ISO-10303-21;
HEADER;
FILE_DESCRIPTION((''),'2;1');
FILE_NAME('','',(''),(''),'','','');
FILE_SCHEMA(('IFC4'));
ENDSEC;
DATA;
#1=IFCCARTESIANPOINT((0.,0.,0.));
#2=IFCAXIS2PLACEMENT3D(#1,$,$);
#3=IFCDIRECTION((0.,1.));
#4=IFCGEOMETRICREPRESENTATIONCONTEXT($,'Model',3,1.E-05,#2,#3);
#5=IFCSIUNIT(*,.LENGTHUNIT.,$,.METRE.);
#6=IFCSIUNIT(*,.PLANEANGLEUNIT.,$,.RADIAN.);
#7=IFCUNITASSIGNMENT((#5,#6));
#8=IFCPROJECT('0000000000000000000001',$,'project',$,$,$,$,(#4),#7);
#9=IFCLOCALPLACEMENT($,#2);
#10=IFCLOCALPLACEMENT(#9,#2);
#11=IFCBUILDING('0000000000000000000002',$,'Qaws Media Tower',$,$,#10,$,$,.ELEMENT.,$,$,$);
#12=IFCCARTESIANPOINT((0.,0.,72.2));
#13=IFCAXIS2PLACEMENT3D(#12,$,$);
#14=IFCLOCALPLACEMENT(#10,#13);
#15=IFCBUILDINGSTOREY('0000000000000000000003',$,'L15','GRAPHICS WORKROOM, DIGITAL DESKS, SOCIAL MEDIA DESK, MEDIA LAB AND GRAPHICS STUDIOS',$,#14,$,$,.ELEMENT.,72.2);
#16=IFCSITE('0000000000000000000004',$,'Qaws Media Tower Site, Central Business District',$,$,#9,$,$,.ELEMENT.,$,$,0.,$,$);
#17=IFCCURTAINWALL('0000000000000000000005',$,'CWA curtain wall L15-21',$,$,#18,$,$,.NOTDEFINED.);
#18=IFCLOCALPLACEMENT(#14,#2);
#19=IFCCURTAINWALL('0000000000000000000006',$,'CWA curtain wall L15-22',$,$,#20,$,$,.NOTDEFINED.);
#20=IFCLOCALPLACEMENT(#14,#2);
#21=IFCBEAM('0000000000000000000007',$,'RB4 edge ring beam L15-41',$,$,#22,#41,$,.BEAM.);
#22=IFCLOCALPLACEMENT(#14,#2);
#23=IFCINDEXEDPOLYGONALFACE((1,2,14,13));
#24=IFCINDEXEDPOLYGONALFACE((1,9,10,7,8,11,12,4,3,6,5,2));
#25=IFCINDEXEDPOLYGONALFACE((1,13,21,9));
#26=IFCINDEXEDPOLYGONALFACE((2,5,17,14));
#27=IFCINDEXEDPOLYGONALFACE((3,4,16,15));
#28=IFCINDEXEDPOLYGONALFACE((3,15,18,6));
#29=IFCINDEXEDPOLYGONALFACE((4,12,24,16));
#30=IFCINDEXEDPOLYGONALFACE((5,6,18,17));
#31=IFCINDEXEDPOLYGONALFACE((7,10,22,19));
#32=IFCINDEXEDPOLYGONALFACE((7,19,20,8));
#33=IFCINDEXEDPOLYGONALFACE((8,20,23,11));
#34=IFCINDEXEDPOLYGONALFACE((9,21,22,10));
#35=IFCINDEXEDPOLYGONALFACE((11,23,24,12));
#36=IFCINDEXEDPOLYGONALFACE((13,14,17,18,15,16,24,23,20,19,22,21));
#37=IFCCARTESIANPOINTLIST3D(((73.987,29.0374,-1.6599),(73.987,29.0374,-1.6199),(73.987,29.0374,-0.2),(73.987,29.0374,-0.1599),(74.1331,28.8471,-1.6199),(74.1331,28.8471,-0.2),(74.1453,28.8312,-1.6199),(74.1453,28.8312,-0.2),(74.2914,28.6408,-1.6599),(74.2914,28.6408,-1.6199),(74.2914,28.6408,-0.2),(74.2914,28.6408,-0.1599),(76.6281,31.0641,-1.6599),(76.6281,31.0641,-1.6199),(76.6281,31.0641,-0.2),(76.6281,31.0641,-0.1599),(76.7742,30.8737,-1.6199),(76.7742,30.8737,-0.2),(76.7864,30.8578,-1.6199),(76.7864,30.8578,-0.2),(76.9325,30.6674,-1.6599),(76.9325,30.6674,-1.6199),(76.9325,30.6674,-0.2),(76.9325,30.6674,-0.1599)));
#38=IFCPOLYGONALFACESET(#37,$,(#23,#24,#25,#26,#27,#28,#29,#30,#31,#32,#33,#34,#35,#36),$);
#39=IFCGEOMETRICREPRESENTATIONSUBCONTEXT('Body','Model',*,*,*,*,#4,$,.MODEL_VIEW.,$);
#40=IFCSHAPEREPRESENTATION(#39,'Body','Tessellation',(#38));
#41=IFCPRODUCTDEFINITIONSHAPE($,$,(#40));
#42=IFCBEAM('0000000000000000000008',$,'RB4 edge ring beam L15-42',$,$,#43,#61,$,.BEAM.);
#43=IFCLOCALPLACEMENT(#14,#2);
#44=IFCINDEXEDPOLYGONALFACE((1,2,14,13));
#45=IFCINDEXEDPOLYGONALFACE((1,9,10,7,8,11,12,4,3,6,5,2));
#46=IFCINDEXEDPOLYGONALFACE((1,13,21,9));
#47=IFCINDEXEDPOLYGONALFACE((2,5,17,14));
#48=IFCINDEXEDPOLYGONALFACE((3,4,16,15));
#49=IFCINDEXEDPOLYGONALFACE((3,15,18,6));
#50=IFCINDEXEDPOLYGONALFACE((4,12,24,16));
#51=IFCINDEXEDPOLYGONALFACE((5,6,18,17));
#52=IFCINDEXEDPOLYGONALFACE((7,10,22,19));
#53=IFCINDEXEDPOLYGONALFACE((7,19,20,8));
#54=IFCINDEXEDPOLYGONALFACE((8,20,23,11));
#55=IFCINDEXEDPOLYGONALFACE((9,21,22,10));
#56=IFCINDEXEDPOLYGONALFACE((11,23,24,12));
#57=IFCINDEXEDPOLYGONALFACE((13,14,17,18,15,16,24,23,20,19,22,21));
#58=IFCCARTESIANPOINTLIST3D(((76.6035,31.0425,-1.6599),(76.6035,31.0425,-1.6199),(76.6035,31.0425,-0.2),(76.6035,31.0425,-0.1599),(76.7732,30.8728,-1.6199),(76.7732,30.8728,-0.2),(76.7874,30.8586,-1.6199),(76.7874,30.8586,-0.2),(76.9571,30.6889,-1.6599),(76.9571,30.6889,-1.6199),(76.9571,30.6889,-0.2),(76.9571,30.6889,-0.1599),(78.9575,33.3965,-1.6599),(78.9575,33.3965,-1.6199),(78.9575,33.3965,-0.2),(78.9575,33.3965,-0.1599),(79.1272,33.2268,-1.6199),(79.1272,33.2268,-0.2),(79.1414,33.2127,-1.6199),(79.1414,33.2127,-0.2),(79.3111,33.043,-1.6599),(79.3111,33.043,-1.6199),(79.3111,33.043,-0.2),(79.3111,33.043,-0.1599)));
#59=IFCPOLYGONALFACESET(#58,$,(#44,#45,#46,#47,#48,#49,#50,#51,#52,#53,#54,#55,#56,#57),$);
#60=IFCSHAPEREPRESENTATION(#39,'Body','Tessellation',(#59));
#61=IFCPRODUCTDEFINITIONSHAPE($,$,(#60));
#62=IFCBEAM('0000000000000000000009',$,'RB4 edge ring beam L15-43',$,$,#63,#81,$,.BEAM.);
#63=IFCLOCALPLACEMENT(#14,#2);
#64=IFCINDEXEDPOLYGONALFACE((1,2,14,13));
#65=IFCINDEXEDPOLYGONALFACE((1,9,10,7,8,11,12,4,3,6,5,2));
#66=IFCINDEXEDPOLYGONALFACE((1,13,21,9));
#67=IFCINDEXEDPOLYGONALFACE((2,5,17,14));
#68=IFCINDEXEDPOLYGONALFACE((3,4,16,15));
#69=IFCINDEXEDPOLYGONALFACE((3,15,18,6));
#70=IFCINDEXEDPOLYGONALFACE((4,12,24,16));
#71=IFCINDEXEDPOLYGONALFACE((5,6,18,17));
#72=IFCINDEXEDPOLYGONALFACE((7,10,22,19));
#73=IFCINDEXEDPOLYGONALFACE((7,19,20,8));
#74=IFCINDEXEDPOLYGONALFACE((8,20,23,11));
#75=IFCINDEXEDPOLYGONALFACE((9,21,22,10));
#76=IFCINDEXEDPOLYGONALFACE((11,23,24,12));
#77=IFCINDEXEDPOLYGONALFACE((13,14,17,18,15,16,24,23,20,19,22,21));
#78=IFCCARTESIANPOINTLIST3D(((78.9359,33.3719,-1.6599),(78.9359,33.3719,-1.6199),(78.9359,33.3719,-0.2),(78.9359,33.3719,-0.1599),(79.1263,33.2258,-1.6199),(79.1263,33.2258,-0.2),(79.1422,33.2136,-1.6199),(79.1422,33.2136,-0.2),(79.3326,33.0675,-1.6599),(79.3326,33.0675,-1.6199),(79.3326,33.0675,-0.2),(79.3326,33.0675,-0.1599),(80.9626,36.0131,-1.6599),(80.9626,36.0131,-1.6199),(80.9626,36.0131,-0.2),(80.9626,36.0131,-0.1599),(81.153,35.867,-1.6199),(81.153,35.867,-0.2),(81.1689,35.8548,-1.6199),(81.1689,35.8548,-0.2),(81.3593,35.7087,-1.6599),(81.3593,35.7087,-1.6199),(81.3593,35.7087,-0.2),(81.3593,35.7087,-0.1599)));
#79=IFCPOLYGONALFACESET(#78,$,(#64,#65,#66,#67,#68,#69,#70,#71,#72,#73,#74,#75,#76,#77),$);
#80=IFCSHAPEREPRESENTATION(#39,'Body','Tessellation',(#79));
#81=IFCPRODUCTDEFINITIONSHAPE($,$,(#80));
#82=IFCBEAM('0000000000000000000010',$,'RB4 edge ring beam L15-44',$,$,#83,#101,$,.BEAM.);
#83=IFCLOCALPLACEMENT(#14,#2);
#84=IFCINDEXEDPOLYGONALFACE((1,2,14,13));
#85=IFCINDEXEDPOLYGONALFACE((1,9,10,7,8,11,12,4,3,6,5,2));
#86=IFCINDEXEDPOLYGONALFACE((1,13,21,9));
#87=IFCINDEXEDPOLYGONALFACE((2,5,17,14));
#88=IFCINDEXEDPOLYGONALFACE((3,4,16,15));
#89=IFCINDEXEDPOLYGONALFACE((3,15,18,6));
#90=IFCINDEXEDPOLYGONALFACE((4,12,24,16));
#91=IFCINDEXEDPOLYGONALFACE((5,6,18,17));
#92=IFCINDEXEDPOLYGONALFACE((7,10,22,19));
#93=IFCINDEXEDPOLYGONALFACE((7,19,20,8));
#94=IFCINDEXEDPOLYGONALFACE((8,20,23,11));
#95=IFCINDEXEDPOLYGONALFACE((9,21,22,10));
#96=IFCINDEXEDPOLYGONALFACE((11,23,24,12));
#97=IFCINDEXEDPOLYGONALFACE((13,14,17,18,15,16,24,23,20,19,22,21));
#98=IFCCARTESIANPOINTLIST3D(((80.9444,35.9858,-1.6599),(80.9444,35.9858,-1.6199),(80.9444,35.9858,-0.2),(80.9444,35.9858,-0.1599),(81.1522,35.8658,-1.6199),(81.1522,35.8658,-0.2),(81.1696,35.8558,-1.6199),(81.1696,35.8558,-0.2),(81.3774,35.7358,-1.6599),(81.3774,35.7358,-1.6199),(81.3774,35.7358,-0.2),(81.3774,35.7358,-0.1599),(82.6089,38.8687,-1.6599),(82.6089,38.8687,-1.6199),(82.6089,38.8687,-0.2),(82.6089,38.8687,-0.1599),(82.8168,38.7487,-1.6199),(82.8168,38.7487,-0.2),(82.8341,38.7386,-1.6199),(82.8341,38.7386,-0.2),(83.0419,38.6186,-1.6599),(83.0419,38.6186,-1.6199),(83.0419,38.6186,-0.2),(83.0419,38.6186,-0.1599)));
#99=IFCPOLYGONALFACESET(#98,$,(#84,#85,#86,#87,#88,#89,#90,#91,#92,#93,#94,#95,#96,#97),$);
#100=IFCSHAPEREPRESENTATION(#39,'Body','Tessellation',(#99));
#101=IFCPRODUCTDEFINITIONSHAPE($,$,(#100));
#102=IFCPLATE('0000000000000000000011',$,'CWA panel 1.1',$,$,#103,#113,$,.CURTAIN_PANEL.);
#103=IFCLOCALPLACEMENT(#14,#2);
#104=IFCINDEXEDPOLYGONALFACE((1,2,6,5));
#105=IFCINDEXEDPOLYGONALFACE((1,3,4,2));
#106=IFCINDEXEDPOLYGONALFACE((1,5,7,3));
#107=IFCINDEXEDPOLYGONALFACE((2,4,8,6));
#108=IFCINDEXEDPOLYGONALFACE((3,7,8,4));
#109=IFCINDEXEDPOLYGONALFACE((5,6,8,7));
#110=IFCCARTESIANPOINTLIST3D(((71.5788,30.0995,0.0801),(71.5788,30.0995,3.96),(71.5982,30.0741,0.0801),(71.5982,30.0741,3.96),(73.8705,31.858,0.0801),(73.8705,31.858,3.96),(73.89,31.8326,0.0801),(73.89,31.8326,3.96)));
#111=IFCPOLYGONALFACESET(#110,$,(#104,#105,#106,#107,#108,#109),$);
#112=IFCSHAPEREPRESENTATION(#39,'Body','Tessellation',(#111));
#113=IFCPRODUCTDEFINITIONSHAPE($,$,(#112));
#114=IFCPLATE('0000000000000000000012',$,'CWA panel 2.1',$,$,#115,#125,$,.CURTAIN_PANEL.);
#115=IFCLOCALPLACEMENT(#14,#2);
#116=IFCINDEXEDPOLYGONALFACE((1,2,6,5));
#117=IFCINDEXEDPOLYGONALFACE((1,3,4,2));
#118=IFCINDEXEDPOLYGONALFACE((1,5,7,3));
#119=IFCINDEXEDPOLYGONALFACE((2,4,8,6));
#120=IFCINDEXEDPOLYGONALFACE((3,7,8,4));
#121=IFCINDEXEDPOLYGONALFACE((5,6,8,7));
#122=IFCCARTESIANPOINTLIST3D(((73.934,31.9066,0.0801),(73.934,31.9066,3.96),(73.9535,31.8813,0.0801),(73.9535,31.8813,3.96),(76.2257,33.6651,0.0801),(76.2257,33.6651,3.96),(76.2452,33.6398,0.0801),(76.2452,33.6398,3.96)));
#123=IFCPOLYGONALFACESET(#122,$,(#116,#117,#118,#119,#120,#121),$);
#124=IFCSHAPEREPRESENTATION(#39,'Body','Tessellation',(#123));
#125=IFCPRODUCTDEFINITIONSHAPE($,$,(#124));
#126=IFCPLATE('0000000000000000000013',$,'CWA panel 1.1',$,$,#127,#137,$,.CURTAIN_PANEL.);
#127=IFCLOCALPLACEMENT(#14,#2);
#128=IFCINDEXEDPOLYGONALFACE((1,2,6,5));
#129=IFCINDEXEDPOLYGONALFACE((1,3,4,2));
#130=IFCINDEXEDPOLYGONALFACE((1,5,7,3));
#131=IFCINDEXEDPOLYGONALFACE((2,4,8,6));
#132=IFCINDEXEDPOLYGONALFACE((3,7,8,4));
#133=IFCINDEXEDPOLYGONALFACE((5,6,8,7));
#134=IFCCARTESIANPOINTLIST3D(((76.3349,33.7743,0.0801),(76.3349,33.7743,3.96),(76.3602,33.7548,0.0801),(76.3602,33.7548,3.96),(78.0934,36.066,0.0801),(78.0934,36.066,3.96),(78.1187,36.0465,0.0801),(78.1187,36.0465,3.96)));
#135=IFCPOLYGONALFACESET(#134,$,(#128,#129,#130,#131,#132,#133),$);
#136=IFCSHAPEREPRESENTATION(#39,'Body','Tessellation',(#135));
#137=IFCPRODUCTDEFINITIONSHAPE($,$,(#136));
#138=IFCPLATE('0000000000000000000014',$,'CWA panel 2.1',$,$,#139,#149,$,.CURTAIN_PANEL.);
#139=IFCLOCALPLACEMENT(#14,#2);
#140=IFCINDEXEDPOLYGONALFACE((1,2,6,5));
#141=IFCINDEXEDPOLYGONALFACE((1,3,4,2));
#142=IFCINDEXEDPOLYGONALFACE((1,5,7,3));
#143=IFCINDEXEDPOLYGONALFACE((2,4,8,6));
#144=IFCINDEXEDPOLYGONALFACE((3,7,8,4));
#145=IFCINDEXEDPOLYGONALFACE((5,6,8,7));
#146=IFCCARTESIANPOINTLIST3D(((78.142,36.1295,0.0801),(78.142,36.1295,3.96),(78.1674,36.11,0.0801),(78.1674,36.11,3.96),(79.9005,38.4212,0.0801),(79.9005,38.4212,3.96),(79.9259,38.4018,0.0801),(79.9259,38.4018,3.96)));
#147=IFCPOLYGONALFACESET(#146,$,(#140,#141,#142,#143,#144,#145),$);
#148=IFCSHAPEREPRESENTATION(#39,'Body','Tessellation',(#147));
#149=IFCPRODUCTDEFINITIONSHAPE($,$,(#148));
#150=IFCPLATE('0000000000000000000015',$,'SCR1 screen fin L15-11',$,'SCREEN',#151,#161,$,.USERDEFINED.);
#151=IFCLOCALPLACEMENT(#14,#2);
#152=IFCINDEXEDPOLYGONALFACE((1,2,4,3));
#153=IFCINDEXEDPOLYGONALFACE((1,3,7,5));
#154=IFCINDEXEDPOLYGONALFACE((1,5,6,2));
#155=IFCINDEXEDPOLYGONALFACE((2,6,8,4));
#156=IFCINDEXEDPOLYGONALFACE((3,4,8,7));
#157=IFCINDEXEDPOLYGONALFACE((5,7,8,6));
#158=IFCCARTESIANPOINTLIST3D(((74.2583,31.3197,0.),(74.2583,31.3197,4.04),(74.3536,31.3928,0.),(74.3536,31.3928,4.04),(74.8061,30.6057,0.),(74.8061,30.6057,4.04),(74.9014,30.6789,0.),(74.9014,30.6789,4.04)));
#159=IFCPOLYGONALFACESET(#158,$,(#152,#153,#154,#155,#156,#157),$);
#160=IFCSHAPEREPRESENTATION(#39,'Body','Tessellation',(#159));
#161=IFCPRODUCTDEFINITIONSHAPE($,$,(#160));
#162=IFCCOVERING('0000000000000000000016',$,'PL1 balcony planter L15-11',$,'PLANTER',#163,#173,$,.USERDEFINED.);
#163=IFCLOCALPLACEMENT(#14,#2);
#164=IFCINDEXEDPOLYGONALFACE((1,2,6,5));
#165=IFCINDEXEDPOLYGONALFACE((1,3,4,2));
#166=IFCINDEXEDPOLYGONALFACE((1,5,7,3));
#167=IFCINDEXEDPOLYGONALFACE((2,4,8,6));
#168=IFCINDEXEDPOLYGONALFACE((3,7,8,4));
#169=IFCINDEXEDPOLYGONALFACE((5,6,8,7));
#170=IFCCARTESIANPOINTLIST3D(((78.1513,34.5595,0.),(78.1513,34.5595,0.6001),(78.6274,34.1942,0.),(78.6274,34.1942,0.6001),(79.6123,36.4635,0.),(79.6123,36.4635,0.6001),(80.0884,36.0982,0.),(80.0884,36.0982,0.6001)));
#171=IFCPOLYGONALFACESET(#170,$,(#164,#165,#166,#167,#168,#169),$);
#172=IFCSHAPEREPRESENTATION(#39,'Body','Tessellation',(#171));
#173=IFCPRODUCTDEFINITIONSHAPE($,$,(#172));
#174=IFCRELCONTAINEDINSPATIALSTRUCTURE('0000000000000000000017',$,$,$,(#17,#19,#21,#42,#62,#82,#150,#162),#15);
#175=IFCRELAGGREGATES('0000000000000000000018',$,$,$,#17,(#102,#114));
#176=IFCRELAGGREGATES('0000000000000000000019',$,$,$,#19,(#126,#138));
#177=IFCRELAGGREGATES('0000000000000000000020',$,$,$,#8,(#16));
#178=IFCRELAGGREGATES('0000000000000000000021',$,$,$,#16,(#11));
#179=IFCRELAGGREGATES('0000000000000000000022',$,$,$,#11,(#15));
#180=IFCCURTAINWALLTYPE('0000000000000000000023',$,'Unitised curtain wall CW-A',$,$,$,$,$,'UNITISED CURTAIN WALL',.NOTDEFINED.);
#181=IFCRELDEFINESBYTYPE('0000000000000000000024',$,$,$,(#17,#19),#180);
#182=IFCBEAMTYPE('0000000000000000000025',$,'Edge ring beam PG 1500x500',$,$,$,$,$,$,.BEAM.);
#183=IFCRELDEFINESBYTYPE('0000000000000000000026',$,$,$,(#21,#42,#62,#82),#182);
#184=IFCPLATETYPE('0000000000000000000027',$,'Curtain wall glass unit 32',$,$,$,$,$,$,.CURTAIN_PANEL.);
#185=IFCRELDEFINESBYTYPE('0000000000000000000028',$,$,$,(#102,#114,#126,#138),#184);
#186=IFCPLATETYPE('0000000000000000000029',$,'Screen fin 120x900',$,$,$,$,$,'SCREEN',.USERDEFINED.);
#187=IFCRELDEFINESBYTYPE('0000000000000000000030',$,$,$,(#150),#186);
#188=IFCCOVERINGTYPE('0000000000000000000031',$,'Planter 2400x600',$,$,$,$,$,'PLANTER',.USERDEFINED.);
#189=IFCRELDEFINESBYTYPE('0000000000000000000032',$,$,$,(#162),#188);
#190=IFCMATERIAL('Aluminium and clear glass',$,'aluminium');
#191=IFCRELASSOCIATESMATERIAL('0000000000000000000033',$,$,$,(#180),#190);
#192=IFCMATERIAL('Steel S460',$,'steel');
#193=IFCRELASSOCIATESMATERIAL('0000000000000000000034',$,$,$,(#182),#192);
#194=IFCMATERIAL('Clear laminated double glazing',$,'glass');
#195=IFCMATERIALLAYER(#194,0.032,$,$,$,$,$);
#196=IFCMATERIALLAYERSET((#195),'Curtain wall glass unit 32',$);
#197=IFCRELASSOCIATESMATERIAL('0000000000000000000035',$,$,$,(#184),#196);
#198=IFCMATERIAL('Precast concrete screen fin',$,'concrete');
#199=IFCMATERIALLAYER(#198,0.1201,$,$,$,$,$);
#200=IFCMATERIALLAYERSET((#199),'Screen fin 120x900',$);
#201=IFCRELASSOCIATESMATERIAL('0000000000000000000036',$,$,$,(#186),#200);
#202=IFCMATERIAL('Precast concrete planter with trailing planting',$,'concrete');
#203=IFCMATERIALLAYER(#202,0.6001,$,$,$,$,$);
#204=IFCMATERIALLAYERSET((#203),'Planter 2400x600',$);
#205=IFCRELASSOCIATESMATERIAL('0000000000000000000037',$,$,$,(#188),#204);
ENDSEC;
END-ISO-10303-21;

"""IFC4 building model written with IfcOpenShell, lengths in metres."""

from ifc_helpers import new_model, si_unit, direction, frame, origin, origin_2d, place, context, subcontext, project, spatial, rectangle, i_section, extrude, material, layer, layer_set, material_profile, profile_set, type_object, element, aggregate, save


model = new_model("IFC4")

# Units and contexts
model_context = context("Model", 3, precision=1e-05, world=origin(), true_north=direction((0.0, 1.0)))
body_context = subcontext(model_context, "Body", "Model", "MODEL_VIEW")
ifc_project = project(units=[si_unit("LENGTHUNIT", "METRE"), si_unit("PLANEANGLEUNIT", "RADIAN")], contexts=[model_context])

# Site, building, storey
site_placement = place(None, origin())
site = spatial("IfcSite", under=ifc_project, at=site_placement, Name="Qaws Media Tower Site, Central Business District", CompositionType="ELEMENT", RefElevation=0.0)
building_placement = place(site_placement, origin())
building = spatial("IfcBuilding", under=site, at=building_placement, Name="Qaws Media Tower", CompositionType="ELEMENT")
storey_placement = place(building_placement, frame((0.0, 0.0, 72.2)))
storey = spatial("IfcBuildingStorey", under=building, at=storey_placement, Name="L15", Description="GRAPHICS WORKROOM, DIGITAL DESKS, SOCIAL MEDIA DESK, MEDIA LAB AND GRAPHICS STUDIOS", CompositionType="ELEMENT", Elevation=72.2)

# Curtain walls
ifc_material_1 = material(Name="Aluminium and clear glass", Category="aluminium")
curtain_wall_type = type_object("IfcCurtainWallType", Name="Unitised curtain wall CW-A", ElementType="UNITISED CURTAIN WALL", PredefinedType="NOTDEFINED", material=ifc_material_1)
curtain_wall_1_placement = place(storey_placement, origin())
curtain_wall_1 = element("IfcCurtainWall", 1, at=curtain_wall_1_placement, inside=storey, type_object=curtain_wall_type, Name="CWA curtain wall L15-21", PredefinedType="NOTDEFINED")
curtain_wall_2_placement = place(storey_placement, origin())
curtain_wall_2 = element("IfcCurtainWall", 2, at=curtain_wall_2_placement, inside=storey, type_object=curtain_wall_type, Name="CWA curtain wall L15-22", PredefinedType="NOTDEFINED")

# Beams
ifc_material_2 = material(Name="Steel S460", Category="steel")
ifc_material_profile_1 = material_profile(ifc_material_2, i_section(OverallWidth=0.5, OverallDepth=1.5, WebThickness=0.02, FlangeThickness=0.04, at=origin_2d()), Name="PG 1500x500")
ifc_profile_set_1 = profile_set([ifc_material_profile_1], Name="Steel S460")
beam_type = type_object("IfcBeamType", Name="Edge ring beam PG 1500x500", PredefinedType="BEAM", material=ifc_profile_set_1)
for number, where, z_axis, x_axis, name in (
    (3, (74.1392, 28.8391, -0.9099), (0.793351, 0.608764, 0.0), (-0.608764, 0.793351, 0.0), "RB4 edge ring beam L15-41"),
    (4, (76.7803, 30.8657, -0.9099), (0.707107, 0.707107, 0.0), (-0.707107, 0.707107, 0.0), "RB4 edge ring beam L15-42"),
    (5, (79.1343, 33.2197, -0.9099), (0.608764, 0.793351, 0.0), (-0.793351, 0.608764, 0.0), "RB4 edge ring beam L15-43"),
):
    element("IfcBeam", number, at=place(storey_placement, frame(where, z_axis=z_axis, x_axis=x_axis)), inside=storey, type_object=beam_type, Name=name, PredefinedType="BEAM", context=body_context, shape_type="SweptSolid", body=[
        extrude(i_section(OverallWidth=0.5, OverallDepth=1.5, WebThickness=0.02, FlangeThickness=0.04, at=origin_2d()), origin(), (0.0, 0.0, 1.0), 3.3291),
    ])
beam_placement = place(storey_placement, frame((81.1609, 35.8608, -0.9099), z_axis=(0.500036, 0.866005, 0.0), x_axis=(-0.866005, 0.500036, 0.0)))
element("IfcBeam", 6, at=beam_placement, inside=storey, type_object=beam_type, Name="RB4 edge ring beam L15-44", PredefinedType="BEAM", context=body_context, shape_type="SweptSolid", body=[
    extrude(i_section(OverallWidth=0.5, OverallDepth=1.5, WebThickness=0.02, FlangeThickness=0.04, at=origin_2d()), origin(), (0.0, 0.0, 1.0), 3.3289),
])

# Plates
ifc_material_3 = material(Name="Clear laminated double glazing", Category="glass")
ifc_layer_1 = layer(ifc_material_3, 0.032)
ifc_layer_set_1 = layer_set([ifc_layer_1], Name="Curtain wall glass unit 32")
plate_type_1 = type_object("IfcPlateType", Name="Curtain wall glass unit 32", PredefinedType="CURTAIN_PANEL", material=ifc_layer_set_1)
plate_1_placement = place(storey_placement, frame((72.7344, 30.9661, 0.0801), z_axis=(0.0, 0.0, 1.0), x_axis=(0.793353, 0.608762, 0.0)))
plate_1 = element("IfcPlate", 7, at=plate_1_placement, type_object=plate_type_1, Name="CWA panel 1.1", PredefinedType="CURTAIN_PANEL", context=body_context, shape_type="SweptSolid", body=[
    extrude(rectangle(XDim=2.8887, YDim=0.032, at=origin_2d()), origin(), (0.0, 0.0, 1.0), 3.8799),
])
plate_2_placement = place(storey_placement, frame((75.0896, 32.7732, 0.0801), z_axis=(0.0, 0.0, 1.0), x_axis=(0.793353, 0.608762, 0.0)))
plate_2 = element("IfcPlate", 8, at=plate_2_placement, type_object=plate_type_1, Name="CWA panel 2.1", PredefinedType="CURTAIN_PANEL", context=body_context, shape_type="SweptSolid", body=[
    extrude(rectangle(XDim=2.8887, YDim=0.032, at=origin_2d()), origin(), (0.0, 0.0, 1.0), 3.8799),
])
aggregate(curtain_wall_1, [plate_1, plate_2])
plate_3_placement = place(storey_placement, frame((77.2268, 34.9104, 0.0801), z_axis=(0.0, 0.0, 1.0), x_axis=(0.608762, 0.793353, 0.0)))
plate_3 = element("IfcPlate", 9, at=plate_3_placement, type_object=plate_type_1, Name="CWA panel 1.1", PredefinedType="CURTAIN_PANEL", context=body_context, shape_type="SweptSolid", body=[
    extrude(rectangle(XDim=2.8887, YDim=0.032, at=origin_2d()), origin(), (0.0, 0.0, 1.0), 3.8799),
])
plate_4_placement = place(storey_placement, frame((79.0339, 37.2656, 0.0801), z_axis=(0.0, 0.0, 1.0), x_axis=(0.608762, 0.793353, 0.0)))
plate_4 = element("IfcPlate", 10, at=plate_4_placement, type_object=plate_type_1, Name="CWA panel 2.1", PredefinedType="CURTAIN_PANEL", context=body_context, shape_type="SweptSolid", body=[
    extrude(rectangle(XDim=2.8887, YDim=0.032, at=origin_2d()), origin(), (0.0, 0.0, 1.0), 3.8799),
])
aggregate(curtain_wall_2, [plate_3, plate_4])
ifc_material_4 = material(Name="Precast concrete screen fin", Category="concrete")
ifc_layer_2 = layer(ifc_material_4, 0.1201)
ifc_layer_set_2 = layer_set([ifc_layer_2], Name="Screen fin 120x900")
plate_type_2 = type_object("IfcPlateType", Name="Screen fin 120x900", ElementType="SCREEN", PredefinedType="USERDEFINED", material=ifc_layer_set_2)
plate_5_placement = place(storey_placement, frame((74.5798, 30.9993, 0.0), z_axis=(0.0, 0.0, 1.0), x_axis=(0.608761, -0.793353, 0.0)))
element("IfcPlate", 11, at=plate_5_placement, inside=storey, type_object=plate_type_2, Name="SCR1 screen fin L15-11", ObjectType="SCREEN", PredefinedType="USERDEFINED", context=body_context, shape_type="SweptSolid", body=[
    extrude(rectangle(XDim=0.8999, YDim=0.1201, at=origin_2d()), origin(), (0.0, 0.0, 1.0), 4.04),
])

# Covering
ifc_material_5 = material(Name="Precast concrete planter with trailing planting", Category="concrete")
ifc_layer_3 = layer(ifc_material_5, 0.6001)
ifc_layer_set_3 = layer_set([ifc_layer_3], Name="Planter 2400x600")
covering_type = type_object("IfcCoveringType", Name="Planter 2400x600", ElementType="PLANTER", PredefinedType="USERDEFINED", material=ifc_layer_set_3)
covering_placement = place(storey_placement, frame((79.1199, 35.3289, 0.0), z_axis=(0.0, 0.0, 1.0), x_axis=(0.608761, 0.793353, 0.0)))
element("IfcCovering", 12, at=covering_placement, inside=storey, type_object=covering_type, Name="PL1 balcony planter L15-11", ObjectType="PLANTER", PredefinedType="USERDEFINED", context=body_context, shape_type="SweptSolid", body=[
    extrude(rectangle(XDim=2.3999, YDim=0.6001, at=origin_2d()), origin(), (0.0, 0.0, 1.0), 0.6001),
])

save(model, "model.ifc")
